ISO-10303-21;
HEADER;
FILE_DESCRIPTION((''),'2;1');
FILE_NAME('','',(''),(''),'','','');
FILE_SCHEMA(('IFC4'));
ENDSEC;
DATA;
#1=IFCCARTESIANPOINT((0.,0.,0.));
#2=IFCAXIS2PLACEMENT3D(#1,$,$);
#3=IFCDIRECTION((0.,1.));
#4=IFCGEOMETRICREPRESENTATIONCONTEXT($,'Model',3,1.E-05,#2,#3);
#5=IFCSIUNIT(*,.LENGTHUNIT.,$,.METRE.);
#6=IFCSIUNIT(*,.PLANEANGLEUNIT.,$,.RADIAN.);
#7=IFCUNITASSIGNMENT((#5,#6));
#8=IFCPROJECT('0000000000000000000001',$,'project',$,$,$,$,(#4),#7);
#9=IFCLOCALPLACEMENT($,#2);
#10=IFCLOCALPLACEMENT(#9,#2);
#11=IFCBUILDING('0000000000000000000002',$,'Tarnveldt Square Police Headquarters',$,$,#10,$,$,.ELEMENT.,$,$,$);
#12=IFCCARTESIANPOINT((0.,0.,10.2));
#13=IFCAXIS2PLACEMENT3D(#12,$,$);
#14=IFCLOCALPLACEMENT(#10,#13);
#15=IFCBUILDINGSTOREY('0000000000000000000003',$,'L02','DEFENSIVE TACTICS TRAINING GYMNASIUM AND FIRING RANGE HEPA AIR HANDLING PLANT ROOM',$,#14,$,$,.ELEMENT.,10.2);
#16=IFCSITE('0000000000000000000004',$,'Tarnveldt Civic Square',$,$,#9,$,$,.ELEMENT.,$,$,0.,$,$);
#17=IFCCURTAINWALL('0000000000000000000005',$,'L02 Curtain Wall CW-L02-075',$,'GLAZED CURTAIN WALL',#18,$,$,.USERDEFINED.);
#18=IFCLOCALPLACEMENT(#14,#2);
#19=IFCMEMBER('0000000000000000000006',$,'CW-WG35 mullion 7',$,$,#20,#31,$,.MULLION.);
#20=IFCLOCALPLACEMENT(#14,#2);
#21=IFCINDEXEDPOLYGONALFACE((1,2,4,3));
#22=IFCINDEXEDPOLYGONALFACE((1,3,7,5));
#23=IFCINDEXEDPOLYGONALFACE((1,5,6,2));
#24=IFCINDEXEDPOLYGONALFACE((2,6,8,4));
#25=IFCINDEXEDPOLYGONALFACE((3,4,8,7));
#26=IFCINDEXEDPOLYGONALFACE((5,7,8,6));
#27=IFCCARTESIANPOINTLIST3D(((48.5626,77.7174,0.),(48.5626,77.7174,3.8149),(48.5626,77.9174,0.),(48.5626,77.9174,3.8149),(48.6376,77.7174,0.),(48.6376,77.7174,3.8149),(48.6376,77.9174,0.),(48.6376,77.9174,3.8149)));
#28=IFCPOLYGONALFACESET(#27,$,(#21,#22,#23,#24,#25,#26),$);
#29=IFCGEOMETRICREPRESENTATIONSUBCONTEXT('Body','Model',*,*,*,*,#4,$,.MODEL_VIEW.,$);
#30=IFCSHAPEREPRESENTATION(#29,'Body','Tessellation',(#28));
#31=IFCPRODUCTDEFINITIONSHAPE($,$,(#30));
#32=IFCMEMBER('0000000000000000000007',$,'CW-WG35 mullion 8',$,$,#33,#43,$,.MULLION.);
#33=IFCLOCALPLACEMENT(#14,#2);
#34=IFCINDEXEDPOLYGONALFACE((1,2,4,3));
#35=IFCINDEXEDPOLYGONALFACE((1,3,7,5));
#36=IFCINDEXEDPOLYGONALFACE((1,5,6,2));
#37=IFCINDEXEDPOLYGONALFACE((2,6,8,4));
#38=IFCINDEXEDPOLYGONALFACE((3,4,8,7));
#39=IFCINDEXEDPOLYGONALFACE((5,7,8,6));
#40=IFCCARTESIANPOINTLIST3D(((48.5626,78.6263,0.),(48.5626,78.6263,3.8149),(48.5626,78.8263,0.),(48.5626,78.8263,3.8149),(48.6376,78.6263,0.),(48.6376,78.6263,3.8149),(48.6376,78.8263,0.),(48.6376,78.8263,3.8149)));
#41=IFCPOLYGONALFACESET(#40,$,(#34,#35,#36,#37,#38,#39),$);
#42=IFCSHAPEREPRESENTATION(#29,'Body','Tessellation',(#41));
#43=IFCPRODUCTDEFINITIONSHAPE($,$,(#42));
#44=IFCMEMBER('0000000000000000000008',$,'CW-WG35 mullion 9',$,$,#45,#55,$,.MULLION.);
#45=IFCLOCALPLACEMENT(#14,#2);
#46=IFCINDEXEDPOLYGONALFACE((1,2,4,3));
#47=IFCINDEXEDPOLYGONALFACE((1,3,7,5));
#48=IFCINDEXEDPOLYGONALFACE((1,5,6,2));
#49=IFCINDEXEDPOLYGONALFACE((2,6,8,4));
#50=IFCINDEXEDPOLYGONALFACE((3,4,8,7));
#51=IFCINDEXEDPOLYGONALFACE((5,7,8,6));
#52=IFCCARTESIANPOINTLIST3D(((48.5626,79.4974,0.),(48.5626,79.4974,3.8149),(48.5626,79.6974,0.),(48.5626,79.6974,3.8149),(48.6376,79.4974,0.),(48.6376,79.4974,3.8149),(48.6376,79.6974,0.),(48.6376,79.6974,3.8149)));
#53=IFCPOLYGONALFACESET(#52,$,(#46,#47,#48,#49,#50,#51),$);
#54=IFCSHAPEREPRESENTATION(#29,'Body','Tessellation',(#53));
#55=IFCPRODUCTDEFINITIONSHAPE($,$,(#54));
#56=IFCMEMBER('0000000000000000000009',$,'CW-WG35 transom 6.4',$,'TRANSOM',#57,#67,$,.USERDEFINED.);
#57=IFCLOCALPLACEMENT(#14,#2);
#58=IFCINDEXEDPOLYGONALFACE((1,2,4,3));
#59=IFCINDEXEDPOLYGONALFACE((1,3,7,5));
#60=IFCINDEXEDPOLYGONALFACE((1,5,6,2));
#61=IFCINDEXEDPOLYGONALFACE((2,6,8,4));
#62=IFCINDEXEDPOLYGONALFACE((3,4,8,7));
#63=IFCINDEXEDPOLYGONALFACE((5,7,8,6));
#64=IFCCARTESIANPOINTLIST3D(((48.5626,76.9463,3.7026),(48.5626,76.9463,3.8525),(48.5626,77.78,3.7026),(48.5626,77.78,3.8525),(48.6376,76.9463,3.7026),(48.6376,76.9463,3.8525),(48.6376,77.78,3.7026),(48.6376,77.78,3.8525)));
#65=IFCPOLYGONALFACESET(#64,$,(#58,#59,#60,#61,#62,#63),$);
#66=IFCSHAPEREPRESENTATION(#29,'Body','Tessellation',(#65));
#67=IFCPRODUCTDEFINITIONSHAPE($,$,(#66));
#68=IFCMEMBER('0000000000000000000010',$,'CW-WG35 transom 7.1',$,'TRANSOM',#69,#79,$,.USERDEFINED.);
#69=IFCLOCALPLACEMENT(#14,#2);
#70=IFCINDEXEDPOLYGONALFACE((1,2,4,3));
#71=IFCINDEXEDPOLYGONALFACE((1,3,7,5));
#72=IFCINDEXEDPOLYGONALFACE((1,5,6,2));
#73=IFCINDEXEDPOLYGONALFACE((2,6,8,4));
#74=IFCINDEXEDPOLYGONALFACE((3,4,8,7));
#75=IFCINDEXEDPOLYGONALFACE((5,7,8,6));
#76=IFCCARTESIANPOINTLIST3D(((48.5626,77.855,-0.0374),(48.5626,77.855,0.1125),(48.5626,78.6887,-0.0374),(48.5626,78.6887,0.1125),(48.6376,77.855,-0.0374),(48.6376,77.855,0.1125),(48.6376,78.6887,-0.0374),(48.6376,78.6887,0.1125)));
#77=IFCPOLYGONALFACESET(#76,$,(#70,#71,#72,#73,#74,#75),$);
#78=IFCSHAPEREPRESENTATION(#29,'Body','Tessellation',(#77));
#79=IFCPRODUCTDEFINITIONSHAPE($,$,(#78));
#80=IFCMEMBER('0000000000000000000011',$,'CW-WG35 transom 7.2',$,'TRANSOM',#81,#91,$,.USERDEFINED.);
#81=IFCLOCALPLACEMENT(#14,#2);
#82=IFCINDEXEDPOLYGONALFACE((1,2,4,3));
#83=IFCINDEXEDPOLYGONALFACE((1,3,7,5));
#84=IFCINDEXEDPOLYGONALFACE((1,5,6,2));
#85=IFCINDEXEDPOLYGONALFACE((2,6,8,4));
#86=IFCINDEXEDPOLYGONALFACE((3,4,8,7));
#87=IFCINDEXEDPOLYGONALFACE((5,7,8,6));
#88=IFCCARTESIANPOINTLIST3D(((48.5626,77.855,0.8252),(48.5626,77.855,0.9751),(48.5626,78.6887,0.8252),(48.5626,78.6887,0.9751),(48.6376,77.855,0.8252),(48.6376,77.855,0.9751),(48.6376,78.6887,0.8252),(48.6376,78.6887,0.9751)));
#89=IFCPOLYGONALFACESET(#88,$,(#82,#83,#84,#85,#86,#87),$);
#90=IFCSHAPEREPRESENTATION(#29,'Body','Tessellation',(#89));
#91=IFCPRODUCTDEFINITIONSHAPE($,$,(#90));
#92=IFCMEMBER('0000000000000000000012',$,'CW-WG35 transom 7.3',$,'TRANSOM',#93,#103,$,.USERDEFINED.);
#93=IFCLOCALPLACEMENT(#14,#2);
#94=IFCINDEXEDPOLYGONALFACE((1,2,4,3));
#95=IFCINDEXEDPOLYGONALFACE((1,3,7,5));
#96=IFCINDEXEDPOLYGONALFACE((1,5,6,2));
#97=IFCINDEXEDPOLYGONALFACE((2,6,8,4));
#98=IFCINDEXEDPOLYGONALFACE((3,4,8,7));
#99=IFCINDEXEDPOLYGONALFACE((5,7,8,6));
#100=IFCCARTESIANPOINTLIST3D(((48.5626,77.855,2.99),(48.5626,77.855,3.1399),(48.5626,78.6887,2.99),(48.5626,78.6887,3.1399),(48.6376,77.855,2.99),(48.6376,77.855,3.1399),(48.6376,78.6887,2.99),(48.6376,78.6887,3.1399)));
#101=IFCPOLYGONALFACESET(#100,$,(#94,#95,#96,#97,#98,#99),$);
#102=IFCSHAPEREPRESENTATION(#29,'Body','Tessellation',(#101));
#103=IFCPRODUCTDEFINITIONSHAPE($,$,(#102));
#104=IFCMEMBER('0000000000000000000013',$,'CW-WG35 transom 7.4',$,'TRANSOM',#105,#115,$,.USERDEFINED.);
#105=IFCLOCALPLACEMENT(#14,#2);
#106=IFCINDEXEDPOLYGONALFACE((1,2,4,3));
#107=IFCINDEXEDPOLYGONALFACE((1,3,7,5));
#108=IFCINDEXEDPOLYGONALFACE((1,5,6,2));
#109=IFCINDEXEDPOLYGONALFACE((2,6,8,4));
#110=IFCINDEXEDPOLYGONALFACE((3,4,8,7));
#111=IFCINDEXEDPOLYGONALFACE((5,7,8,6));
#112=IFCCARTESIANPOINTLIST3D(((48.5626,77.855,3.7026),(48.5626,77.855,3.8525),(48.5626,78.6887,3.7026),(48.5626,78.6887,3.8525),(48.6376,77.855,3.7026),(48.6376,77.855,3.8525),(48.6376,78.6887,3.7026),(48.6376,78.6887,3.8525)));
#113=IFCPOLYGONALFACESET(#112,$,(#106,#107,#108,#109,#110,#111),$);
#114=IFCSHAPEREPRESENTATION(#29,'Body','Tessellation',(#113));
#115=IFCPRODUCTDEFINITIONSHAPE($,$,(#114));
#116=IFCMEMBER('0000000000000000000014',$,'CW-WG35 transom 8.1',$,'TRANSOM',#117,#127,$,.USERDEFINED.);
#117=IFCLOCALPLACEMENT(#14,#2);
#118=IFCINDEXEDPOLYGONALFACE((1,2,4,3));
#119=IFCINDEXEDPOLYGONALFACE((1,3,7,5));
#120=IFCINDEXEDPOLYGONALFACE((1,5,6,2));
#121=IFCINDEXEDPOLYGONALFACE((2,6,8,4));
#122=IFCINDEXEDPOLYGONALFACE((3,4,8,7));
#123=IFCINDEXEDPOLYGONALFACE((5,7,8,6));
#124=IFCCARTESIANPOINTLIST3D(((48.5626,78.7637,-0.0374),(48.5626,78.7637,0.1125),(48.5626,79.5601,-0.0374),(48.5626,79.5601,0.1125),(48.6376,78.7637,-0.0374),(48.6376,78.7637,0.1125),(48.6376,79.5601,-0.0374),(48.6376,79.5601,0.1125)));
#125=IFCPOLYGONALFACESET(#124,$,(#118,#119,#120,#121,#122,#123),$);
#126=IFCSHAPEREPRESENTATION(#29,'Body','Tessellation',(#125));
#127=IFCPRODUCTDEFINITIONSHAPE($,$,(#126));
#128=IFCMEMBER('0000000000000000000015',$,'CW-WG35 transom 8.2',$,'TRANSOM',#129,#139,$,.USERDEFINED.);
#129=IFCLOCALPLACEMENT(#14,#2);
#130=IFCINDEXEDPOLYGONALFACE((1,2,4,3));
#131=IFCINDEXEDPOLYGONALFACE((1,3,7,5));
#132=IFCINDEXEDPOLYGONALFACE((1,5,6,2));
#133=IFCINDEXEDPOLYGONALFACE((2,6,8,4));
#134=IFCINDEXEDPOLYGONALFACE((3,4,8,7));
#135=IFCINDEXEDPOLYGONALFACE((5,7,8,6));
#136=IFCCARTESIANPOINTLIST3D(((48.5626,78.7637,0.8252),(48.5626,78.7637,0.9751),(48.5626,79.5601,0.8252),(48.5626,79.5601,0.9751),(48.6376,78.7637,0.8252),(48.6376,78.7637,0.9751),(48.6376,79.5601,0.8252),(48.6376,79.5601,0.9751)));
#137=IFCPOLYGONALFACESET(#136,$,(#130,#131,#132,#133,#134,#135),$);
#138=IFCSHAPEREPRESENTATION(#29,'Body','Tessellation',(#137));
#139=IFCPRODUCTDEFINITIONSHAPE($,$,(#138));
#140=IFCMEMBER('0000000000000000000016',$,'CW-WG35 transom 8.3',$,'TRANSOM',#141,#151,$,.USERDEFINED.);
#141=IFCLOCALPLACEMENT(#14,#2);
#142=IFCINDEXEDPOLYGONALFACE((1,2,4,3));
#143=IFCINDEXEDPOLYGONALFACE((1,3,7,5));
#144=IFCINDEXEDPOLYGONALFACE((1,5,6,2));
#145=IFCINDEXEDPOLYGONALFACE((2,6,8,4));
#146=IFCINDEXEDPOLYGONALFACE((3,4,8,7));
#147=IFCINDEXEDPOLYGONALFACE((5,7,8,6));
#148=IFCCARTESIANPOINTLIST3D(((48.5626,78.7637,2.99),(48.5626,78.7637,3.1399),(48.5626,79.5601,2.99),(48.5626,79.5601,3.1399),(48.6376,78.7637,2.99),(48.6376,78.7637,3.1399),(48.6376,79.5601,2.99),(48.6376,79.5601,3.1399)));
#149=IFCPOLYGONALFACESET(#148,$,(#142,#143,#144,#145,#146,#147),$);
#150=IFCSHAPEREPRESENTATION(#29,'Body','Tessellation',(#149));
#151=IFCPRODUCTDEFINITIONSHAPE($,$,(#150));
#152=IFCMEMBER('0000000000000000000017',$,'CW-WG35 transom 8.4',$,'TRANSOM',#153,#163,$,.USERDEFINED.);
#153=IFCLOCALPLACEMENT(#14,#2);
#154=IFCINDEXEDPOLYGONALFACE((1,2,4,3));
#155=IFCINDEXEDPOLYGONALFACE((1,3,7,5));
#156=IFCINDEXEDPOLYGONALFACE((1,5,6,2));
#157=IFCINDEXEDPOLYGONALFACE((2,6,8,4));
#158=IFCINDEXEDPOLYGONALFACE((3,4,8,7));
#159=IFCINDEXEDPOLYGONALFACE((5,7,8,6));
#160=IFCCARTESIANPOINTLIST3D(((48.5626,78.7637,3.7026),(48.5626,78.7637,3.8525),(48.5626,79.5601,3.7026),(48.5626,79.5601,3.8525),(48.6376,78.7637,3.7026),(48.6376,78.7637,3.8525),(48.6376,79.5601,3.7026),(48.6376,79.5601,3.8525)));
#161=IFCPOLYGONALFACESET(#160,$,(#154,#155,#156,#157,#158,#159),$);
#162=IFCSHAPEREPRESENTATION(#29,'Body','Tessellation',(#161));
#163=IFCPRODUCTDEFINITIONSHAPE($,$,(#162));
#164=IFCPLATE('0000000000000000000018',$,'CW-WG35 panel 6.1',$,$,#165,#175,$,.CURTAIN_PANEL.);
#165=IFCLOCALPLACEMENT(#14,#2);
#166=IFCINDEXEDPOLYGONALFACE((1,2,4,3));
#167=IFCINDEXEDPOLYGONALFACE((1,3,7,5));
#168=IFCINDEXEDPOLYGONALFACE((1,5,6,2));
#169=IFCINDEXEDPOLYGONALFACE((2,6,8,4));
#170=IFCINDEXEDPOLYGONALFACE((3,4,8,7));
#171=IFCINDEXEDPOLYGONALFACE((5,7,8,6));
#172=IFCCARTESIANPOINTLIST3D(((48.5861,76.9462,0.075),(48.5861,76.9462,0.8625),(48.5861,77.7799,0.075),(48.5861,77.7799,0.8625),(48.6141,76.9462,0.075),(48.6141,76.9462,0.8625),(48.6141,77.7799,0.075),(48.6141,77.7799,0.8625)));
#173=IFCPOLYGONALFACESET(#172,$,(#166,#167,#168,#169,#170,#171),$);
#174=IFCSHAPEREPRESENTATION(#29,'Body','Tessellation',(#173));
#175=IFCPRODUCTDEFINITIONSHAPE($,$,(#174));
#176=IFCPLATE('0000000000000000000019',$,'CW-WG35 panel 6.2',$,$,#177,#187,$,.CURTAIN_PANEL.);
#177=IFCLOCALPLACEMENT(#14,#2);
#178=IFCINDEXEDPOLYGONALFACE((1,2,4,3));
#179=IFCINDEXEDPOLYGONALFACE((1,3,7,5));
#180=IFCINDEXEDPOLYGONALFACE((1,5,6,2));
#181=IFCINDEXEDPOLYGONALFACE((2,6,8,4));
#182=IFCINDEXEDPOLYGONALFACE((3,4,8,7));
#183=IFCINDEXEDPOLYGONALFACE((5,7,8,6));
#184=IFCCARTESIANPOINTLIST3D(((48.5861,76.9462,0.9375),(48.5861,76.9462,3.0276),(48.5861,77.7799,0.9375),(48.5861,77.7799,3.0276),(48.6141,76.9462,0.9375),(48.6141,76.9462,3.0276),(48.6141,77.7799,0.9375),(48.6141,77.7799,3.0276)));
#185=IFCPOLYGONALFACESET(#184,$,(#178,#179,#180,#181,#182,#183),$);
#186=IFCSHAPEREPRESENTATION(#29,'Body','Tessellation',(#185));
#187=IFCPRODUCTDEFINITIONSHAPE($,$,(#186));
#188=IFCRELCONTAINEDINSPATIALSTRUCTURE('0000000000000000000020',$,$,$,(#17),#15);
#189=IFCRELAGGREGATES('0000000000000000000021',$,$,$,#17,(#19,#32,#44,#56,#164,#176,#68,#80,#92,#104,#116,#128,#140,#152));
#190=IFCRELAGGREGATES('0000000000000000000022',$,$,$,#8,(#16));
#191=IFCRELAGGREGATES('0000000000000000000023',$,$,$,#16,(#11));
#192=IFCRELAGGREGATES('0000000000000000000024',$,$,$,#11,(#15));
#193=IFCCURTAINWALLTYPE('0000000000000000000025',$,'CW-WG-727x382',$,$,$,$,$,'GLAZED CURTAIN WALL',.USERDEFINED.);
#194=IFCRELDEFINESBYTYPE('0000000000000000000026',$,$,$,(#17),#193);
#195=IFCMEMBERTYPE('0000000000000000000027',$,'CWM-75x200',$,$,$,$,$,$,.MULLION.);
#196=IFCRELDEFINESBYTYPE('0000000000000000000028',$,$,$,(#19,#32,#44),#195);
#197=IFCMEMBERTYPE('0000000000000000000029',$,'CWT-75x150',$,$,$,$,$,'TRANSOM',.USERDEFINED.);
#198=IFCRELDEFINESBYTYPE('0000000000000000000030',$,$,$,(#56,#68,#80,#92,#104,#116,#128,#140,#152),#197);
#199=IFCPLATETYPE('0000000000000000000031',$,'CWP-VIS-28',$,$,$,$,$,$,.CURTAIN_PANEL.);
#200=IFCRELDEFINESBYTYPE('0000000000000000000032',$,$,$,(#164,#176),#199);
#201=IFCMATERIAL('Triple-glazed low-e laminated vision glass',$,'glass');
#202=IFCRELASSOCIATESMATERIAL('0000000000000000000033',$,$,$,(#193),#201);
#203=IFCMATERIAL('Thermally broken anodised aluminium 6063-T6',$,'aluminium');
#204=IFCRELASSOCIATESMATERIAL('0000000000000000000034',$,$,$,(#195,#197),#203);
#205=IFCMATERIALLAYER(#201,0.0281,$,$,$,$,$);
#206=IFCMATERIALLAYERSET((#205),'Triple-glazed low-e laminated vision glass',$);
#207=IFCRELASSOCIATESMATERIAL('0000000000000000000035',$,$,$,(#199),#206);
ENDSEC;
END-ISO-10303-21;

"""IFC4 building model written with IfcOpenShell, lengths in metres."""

from ifc_helpers import new_model, si_unit, direction, frame, origin, origin_2d, place, context, subcontext, project, spatial, rectangle, extrude, material, layer, layer_set, material_profile, profile_set, type_object, element, aggregate, save


model = new_model("IFC4")

# Units and contexts
model_context = context("Model", 3, precision=1e-05, world=origin(), true_north=direction((0.0, 1.0)))
body_context = subcontext(model_context, "Body", "Model", "MODEL_VIEW")
ifc_project = project(units=[si_unit("LENGTHUNIT", "METRE"), si_unit("PLANEANGLEUNIT", "RADIAN")], contexts=[model_context])

# Site, building, storey
site_placement = place(None, origin())
site = spatial("IfcSite", under=ifc_project, at=site_placement, Name="Tarnveldt Civic Square", CompositionType="ELEMENT", RefElevation=0.0)
building_placement = place(site_placement, origin())
building = spatial("IfcBuilding", under=site, at=building_placement, Name="Tarnveldt Square Police Headquarters", CompositionType="ELEMENT")
storey_placement = place(building_placement, frame((0.0, 0.0, 10.2)))
storey = spatial("IfcBuildingStorey", under=building, at=storey_placement, Name="L02", Description="DEFENSIVE TACTICS TRAINING GYMNASIUM AND FIRING RANGE HEPA AIR HANDLING PLANT ROOM", CompositionType="ELEMENT", Elevation=10.2)

# Curtain wall, members, plates
ifc_material_1 = material(Name="Triple-glazed low-e laminated vision glass", Category="glass")
curtain_wall_type = type_object("IfcCurtainWallType", Name="CW-WG-727x382", ElementType="GLAZED CURTAIN WALL", PredefinedType="USERDEFINED", material=ifc_material_1)
curtain_wall_placement = place(storey_placement, origin())
curtain_wall = element("IfcCurtainWall", 1, at=curtain_wall_placement, inside=storey, type_object=curtain_wall_type, Name="L02 Curtain Wall CW-L02-075", ObjectType="GLAZED CURTAIN WALL", PredefinedType="USERDEFINED")
ifc_material_2 = material(Name="Thermally broken anodised aluminium 6063-T6", Category="aluminium")
ifc_material_profile_1 = material_profile(ifc_material_2, rectangle(XDim=0.075, YDim=0.2, at=origin_2d()), Name="CW-M75x200")
ifc_profile_set_1 = profile_set([ifc_material_profile_1], Name="Thermally broken anodised aluminium 6063-T6")
member_type_1 = type_object("IfcMemberType", Name="CWM-75x200", PredefinedType="MULLION", material=ifc_profile_set_1)
member_1_placement = place(storey_placement, frame((48.6001, 77.8174, 0.0), z_axis=(0.0, 0.0, 1.0), x_axis=(-1.0, 0.0, 0.0)))
member_1 = element("IfcMember", 2, at=member_1_placement, type_object=member_type_1, Name="CW-WG35 mullion 7", PredefinedType="MULLION", context=body_context, shape_type="SweptSolid", body=[
    extrude(rectangle(XDim=0.075, YDim=0.2, at=origin_2d()), origin(), (0.0, 0.0, 1.0), 3.8149),
])
member_2_placement = place(storey_placement, frame((48.6001, 78.7263, 0.0), z_axis=(0.0, 0.0, 1.0), x_axis=(-1.0, 0.0, 0.0)))
member_2 = element("IfcMember", 3, at=member_2_placement, type_object=member_type_1, Name="CW-WG35 mullion 8", PredefinedType="MULLION", context=body_context, shape_type="SweptSolid", body=[
    extrude(rectangle(XDim=0.075, YDim=0.2, at=origin_2d()), origin(), (0.0, 0.0, 1.0), 3.8149),
])
member_3_placement = place(storey_placement, frame((48.6001, 79.5974, 0.0), z_axis=(0.0, 0.0, 1.0), x_axis=(-1.0, 0.0, 0.0)))
member_3 = element("IfcMember", 4, at=member_3_placement, type_object=member_type_1, Name="CW-WG35 mullion 9", PredefinedType="MULLION", context=body_context, shape_type="SweptSolid", body=[
    extrude(rectangle(XDim=0.075, YDim=0.2, at=origin_2d()), origin(), (0.0, 0.0, 1.0), 3.8149),
])
ifc_material_profile_2 = material_profile(ifc_material_2, rectangle(XDim=0.075, YDim=0.1499, at=origin_2d()), Name="CW-T75x150")
ifc_profile_set_2 = profile_set([ifc_material_profile_2], Name="Thermally broken anodised aluminium 6063-T6")
member_type_2 = type_object("IfcMemberType", Name="CWT-75x150", ElementType="TRANSOM", PredefinedType="USERDEFINED", material=ifc_profile_set_2)
member_4_placement = place(storey_placement, frame((48.6001, 76.9463, 3.7776), z_axis=(0.0, 1.0, 0.0), x_axis=(-1.0, 0.0, 0.0)))
member_4 = element("IfcMember", 5, at=member_4_placement, type_object=member_type_2, Name="CW-WG35 transom 6.4", ObjectType="TRANSOM", PredefinedType="USERDEFINED", context=body_context, shape_type="SweptSolid", body=[
    extrude(rectangle(XDim=0.075, YDim=0.1499, at=origin_2d()), origin(), (0.0, 0.0, 1.0), 0.8337),
])
member_5_placement = place(storey_placement, frame((48.6001, 77.855, 0.0376), z_axis=(0.0, 1.0, 0.0), x_axis=(-1.0, 0.0, 0.0)))
member_5 = element("IfcMember", 6, at=member_5_placement, type_object=member_type_2, Name="CW-WG35 transom 7.1", ObjectType="TRANSOM", PredefinedType="USERDEFINED", context=body_context, shape_type="SweptSolid", body=[
    extrude(rectangle(XDim=0.075, YDim=0.1499, at=origin_2d()), origin(), (0.0, 0.0, 1.0), 0.8337),
])
member_6_placement = place(storey_placement, frame((48.6001, 77.855, 0.9001), z_axis=(0.0, 1.0, 0.0), x_axis=(-1.0, 0.0, 0.0)))
member_6 = element("IfcMember", 7, at=member_6_placement, type_object=member_type_2, Name="CW-WG35 transom 7.2", ObjectType="TRANSOM", PredefinedType="USERDEFINED", context=body_context, shape_type="SweptSolid", body=[
    extrude(rectangle(XDim=0.075, YDim=0.1499, at=origin_2d()), origin(), (0.0, 0.0, 1.0), 0.8337),
])
member_7_placement = place(storey_placement, frame((48.6001, 77.855, 3.0649), z_axis=(0.0, 1.0, 0.0), x_axis=(-1.0, 0.0, 0.0)))
member_7 = element("IfcMember", 8, at=member_7_placement, type_object=member_type_2, Name="CW-WG35 transom 7.3", ObjectType="TRANSOM", PredefinedType="USERDEFINED", context=body_context, shape_type="SweptSolid", body=[
    extrude(rectangle(XDim=0.075, YDim=0.1499, at=origin_2d()), origin(), (0.0, 0.0, 1.0), 0.8337),
])
member_8_placement = place(storey_placement, frame((48.6001, 77.855, 3.7776), z_axis=(0.0, 1.0, 0.0), x_axis=(-1.0, 0.0, 0.0)))
member_8 = element("IfcMember", 9, at=member_8_placement, type_object=member_type_2, Name="CW-WG35 transom 7.4", ObjectType="TRANSOM", PredefinedType="USERDEFINED", context=body_context, shape_type="SweptSolid", body=[
    extrude(rectangle(XDim=0.075, YDim=0.1499, at=origin_2d()), origin(), (0.0, 0.0, 1.0), 0.8337),
])
member_9_placement = place(storey_placement, frame((48.6001, 78.7637, 0.0376), z_axis=(0.0, 1.0, 0.0), x_axis=(-1.0, 0.0, 0.0)))
member_9 = element("IfcMember", 10, at=member_9_placement, type_object=member_type_2, Name="CW-WG35 transom 8.1", ObjectType="TRANSOM", PredefinedType="USERDEFINED", context=body_context, shape_type="SweptSolid", body=[
    extrude(rectangle(XDim=0.075, YDim=0.1499, at=origin_2d()), origin(), (0.0, 0.0, 1.0), 0.7964),
])
member_10_placement = place(storey_placement, frame((48.6001, 78.7637, 0.9001), z_axis=(0.0, 1.0, 0.0), x_axis=(-1.0, 0.0, 0.0)))
member_10 = element("IfcMember", 11, at=member_10_placement, type_object=member_type_2, Name="CW-WG35 transom 8.2", ObjectType="TRANSOM", PredefinedType="USERDEFINED", context=body_context, shape_type="SweptSolid", body=[
    extrude(rectangle(XDim=0.075, YDim=0.1499, at=origin_2d()), origin(), (0.0, 0.0, 1.0), 0.7964),
])
member_11_placement = place(storey_placement, frame((48.6001, 78.7637, 3.0649), z_axis=(0.0, 1.0, 0.0), x_axis=(-1.0, 0.0, 0.0)))
member_11 = element("IfcMember", 12, at=member_11_placement, type_object=member_type_2, Name="CW-WG35 transom 8.3", ObjectType="TRANSOM", PredefinedType="USERDEFINED", context=body_context, shape_type="SweptSolid", body=[
    extrude(rectangle(XDim=0.075, YDim=0.1499, at=origin_2d()), origin(), (0.0, 0.0, 1.0), 0.7964),
])
member_12_placement = place(storey_placement, frame((48.6001, 78.7637, 3.7776), z_axis=(0.0, 1.0, 0.0), x_axis=(-1.0, 0.0, 0.0)))
member_12 = element("IfcMember", 13, at=member_12_placement, type_object=member_type_2, Name="CW-WG35 transom 8.4", ObjectType="TRANSOM", PredefinedType="USERDEFINED", context=body_context, shape_type="SweptSolid", body=[
    extrude(rectangle(XDim=0.075, YDim=0.1499, at=origin_2d()), origin(), (0.0, 0.0, 1.0), 0.7964),
])
ifc_layer = layer(ifc_material_1, 0.0281)
ifc_layer_set = layer_set([ifc_layer], Name="Triple-glazed low-e laminated vision glass")
plate_type = type_object("IfcPlateType", Name="CWP-VIS-28", PredefinedType="CURTAIN_PANEL", material=ifc_layer_set)
plate_1_placement = place(storey_placement, frame((48.6001, 77.363, 0.075), z_axis=(0.0, 0.0, 1.0), x_axis=(0.0, 1.0, 0.0)))
plate_1 = element("IfcPlate", 14, at=plate_1_placement, type_object=plate_type, Name="CW-WG35 panel 6.1", PredefinedType="CURTAIN_PANEL", context=body_context, shape_type="SweptSolid", body=[
    extrude(rectangle(XDim=0.8337, YDim=0.0281, at=origin_2d()), origin(), (0.0, 0.0, 1.0), 0.7876),
])
plate_2_placement = place(storey_placement, frame((48.6001, 77.363, 0.9375), z_axis=(0.0, 0.0, 1.0), x_axis=(0.0, 1.0, 0.0)))
plate_2 = element("IfcPlate", 15, at=plate_2_placement, type_object=plate_type, Name="CW-WG35 panel 6.2", PredefinedType="CURTAIN_PANEL", context=body_context, shape_type="SweptSolid", body=[
    extrude(rectangle(XDim=0.8337, YDim=0.0281, at=origin_2d()), origin(), (0.0, 0.0, 1.0), 2.0901),
])
aggregate(curtain_wall, [member_1, member_2, member_3, member_4, plate_1, plate_2, member_5, member_6, member_7, member_8, member_9, member_10, member_11, member_12])

save(model, "model.ifc")
